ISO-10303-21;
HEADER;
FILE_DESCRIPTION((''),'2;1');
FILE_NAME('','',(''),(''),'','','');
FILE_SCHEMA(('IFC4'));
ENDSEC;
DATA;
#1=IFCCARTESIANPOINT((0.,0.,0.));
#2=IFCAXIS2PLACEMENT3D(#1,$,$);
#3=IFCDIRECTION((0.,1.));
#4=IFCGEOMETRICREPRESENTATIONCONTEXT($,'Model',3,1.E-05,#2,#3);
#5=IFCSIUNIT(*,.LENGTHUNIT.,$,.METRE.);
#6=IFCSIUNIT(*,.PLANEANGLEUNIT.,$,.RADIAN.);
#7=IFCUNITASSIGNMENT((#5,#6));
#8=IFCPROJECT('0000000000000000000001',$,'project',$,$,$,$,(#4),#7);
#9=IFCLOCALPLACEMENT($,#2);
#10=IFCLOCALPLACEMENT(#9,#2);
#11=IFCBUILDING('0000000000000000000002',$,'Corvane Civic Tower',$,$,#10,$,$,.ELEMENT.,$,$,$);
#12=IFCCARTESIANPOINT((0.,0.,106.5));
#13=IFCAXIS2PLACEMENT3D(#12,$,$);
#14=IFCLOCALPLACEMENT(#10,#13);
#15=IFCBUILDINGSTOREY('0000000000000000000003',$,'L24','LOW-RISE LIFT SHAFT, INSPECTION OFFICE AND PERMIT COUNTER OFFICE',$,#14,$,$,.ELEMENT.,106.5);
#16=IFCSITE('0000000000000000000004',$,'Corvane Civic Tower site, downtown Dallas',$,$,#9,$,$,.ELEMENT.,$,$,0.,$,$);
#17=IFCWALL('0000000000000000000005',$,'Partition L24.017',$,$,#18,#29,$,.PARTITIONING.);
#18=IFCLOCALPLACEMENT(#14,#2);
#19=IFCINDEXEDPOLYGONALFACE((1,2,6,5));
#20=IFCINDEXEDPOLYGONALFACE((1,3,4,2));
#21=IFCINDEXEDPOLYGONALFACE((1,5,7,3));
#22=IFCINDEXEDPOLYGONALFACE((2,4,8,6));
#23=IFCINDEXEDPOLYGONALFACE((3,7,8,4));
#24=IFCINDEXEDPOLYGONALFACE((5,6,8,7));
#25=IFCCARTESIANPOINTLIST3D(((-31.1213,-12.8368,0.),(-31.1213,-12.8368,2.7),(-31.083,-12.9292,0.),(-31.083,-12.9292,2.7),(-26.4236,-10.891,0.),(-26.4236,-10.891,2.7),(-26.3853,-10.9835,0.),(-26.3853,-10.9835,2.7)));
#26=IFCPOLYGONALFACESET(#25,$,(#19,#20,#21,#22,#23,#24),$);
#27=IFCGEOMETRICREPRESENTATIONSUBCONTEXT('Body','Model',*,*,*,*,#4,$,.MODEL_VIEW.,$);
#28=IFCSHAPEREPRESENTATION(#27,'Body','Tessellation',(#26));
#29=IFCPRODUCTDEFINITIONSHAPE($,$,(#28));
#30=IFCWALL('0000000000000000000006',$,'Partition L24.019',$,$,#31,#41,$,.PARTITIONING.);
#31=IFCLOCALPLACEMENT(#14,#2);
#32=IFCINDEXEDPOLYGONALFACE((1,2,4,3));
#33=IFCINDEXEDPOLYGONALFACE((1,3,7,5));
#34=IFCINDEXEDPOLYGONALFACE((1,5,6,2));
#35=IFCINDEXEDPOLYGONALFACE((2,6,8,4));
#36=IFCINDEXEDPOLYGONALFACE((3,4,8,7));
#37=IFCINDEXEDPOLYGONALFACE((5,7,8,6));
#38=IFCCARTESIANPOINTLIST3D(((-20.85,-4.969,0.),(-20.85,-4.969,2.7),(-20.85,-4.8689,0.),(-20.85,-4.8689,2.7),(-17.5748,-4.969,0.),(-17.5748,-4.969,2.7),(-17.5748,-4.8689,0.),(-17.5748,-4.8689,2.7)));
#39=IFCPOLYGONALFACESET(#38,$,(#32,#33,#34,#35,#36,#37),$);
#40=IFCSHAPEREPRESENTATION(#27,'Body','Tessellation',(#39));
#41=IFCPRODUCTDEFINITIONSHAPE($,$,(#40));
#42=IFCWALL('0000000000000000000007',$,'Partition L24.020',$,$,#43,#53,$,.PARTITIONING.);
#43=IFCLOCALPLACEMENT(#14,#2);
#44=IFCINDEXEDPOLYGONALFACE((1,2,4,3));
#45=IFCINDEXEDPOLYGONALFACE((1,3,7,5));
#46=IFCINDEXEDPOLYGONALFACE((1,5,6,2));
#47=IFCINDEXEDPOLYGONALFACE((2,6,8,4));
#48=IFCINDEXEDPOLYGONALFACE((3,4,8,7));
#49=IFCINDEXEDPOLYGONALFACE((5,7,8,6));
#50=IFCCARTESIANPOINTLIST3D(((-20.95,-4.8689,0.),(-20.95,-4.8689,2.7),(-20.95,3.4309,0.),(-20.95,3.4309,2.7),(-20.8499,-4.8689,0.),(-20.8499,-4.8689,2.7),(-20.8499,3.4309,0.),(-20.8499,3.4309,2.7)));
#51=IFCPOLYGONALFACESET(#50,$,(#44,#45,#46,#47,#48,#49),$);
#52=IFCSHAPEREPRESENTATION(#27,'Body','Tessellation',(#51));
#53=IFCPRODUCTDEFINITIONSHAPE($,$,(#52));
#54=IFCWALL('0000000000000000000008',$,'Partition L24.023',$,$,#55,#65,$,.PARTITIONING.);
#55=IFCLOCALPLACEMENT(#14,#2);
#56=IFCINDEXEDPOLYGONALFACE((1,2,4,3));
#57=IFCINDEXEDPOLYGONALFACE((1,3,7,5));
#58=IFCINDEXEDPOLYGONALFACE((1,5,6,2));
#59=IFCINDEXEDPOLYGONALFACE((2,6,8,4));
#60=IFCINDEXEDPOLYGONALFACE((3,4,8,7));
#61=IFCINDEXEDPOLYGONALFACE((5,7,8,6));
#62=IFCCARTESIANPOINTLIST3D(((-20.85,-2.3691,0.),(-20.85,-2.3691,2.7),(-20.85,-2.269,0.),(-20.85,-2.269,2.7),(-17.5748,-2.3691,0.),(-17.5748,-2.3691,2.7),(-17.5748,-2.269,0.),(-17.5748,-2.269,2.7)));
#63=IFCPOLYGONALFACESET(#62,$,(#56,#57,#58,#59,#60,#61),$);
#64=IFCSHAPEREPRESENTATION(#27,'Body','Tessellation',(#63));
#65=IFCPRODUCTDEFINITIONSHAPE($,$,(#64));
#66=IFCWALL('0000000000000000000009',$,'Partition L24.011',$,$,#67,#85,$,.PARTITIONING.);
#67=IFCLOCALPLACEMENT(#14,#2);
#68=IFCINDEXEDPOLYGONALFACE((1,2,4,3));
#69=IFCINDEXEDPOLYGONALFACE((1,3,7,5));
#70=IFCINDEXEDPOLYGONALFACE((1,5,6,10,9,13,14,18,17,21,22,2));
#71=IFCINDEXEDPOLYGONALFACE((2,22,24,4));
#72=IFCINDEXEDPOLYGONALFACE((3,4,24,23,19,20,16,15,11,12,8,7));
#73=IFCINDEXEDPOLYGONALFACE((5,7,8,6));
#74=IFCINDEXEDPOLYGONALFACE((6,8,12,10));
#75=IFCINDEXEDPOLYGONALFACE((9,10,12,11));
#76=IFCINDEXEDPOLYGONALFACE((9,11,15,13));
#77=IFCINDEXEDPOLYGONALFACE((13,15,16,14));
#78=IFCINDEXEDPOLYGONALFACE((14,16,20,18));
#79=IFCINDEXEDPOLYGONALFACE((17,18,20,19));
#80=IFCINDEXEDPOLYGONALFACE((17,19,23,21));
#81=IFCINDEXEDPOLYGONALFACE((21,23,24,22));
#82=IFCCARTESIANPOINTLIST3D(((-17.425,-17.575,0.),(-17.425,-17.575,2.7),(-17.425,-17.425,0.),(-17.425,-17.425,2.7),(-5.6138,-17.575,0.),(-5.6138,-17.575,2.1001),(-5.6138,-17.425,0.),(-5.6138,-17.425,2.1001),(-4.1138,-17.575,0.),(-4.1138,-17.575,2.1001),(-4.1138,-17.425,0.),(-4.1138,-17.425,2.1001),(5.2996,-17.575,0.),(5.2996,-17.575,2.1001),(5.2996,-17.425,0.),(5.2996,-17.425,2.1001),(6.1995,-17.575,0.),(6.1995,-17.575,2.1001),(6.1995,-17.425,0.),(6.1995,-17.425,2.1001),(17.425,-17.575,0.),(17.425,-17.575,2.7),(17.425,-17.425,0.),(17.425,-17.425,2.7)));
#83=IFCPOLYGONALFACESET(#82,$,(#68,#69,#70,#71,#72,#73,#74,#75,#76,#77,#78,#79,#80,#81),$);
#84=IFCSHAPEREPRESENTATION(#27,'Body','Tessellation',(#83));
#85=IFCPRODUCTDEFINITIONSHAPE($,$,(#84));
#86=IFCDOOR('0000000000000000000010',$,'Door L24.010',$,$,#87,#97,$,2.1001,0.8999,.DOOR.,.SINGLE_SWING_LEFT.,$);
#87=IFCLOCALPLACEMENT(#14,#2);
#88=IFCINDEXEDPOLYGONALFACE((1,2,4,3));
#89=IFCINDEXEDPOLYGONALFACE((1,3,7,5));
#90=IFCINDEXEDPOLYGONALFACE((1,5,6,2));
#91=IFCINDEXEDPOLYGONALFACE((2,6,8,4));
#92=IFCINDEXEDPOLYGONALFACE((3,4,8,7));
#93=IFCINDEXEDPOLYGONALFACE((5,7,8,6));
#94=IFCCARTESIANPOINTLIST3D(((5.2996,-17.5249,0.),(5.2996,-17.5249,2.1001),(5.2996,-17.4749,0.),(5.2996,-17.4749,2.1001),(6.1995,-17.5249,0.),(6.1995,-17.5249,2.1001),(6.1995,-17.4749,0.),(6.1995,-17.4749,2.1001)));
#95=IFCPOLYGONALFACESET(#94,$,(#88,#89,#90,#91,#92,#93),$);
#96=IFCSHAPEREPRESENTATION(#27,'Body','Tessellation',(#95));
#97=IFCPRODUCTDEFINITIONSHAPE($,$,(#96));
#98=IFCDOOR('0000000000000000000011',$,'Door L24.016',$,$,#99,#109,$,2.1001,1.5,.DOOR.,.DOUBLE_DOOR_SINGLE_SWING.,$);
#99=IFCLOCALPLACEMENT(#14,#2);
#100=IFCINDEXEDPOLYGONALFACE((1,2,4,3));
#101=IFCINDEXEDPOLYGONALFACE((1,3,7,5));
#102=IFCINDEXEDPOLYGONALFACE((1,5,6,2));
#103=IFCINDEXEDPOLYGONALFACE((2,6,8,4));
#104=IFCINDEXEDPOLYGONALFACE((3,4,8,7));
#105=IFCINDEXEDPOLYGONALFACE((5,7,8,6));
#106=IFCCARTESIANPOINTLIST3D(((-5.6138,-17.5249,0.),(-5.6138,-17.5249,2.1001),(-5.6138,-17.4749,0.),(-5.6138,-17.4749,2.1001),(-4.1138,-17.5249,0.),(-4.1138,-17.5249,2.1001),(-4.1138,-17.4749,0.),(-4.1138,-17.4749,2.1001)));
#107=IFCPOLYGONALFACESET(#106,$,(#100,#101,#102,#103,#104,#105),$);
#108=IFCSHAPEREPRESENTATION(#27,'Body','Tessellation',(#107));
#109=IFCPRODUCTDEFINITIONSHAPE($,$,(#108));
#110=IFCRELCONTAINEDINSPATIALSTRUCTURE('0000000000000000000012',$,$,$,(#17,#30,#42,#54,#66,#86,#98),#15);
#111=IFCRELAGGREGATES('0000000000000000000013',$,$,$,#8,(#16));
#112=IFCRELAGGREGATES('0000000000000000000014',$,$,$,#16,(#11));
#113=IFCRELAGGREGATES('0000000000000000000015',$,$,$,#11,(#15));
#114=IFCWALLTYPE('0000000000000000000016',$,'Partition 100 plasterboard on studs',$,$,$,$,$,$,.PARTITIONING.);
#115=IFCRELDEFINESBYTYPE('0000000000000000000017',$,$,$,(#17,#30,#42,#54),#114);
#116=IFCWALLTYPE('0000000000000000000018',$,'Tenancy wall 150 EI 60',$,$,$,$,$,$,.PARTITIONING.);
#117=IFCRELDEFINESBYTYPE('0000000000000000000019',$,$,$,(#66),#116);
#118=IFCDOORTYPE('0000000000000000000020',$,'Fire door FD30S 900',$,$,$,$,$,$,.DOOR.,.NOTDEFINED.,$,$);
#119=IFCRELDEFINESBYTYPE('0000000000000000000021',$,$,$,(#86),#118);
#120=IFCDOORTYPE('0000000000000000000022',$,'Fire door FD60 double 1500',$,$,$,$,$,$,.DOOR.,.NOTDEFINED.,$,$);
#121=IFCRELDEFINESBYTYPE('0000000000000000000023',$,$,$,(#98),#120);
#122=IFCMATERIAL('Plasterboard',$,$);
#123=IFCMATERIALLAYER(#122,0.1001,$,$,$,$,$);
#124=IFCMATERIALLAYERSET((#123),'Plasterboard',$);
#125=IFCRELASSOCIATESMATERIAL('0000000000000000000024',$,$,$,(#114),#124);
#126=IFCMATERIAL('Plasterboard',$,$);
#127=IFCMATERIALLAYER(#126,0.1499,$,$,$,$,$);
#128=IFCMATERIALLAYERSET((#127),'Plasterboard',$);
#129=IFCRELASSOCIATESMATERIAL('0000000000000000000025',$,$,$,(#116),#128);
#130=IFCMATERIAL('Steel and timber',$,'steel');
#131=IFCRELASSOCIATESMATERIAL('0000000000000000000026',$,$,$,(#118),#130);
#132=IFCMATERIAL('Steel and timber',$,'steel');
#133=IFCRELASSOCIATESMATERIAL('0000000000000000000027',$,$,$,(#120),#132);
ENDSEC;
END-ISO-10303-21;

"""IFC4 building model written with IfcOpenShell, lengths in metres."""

from ifc_helpers import new_model, si_unit, direction, frame, frame_2d, origin, place, context, subcontext, project, spatial, rectangle, extrude, material, layer, layer_set, type_object, element, fill, save


model = new_model("IFC4")

# Units and contexts
model_context = context("Model", 3, precision=1e-05, world=origin(), true_north=direction((0.0, 1.0)))
body_context = subcontext(model_context, "Body", "Model", "MODEL_VIEW")
ifc_project = project(units=[si_unit("LENGTHUNIT", "METRE"), si_unit("PLANEANGLEUNIT", "RADIAN")], contexts=[model_context])

# Site, building, storey
site_placement = place(None, origin())
site = spatial("IfcSite", under=ifc_project, at=site_placement, Name="Corvane Civic Tower site, downtown Dallas", CompositionType="ELEMENT", RefElevation=0.0)
building_placement = place(site_placement, origin())
building = spatial("IfcBuilding", under=site, at=building_placement, Name="Corvane Civic Tower", CompositionType="ELEMENT")
storey_placement = place(building_placement, frame((0.0, 0.0, 106.5)))
storey = spatial("IfcBuildingStorey", under=building, at=storey_placement, Name="L24", Description="LOW-RISE LIFT SHAFT, INSPECTION OFFICE AND PERMIT COUNTER OFFICE", CompositionType="ELEMENT", Elevation=106.5)

# Shared definitions
ifc_material_1 = material(Name="Plasterboard")
ifc_layer_1 = layer(ifc_material_1, 0.1001)
ifc_layer_set_1 = layer_set([ifc_layer_1], Name="Plasterboard")
wall_type_1 = type_object("IfcWallType", Name="Partition 100 plasterboard on studs", PredefinedType="PARTITIONING", material=ifc_layer_set_1)

# Walls
wall_1_placement = place(storey_placement, frame((-31.1023, -12.8831, 0.0), z_axis=(0.0, 0.0, 1.0), x_axis=(0.923885, 0.382671, 0.0)))
element("IfcWall", 1, at=wall_1_placement, inside=storey, type_object=wall_type_1, Name="Partition L24.017", PredefinedType="PARTITIONING", context=body_context, shape_type="SweptSolid", body=[
    extrude(rectangle(XDim=5.0847, YDim=0.1001, at=frame_2d((2.5425, 0.0))), origin(), (0.0, 0.0, 1.0), 2.7),
])
wall_2_placement = place(storey_placement, frame((-20.8501, -4.9189, 0.0), z_axis=(0.0, 0.0, 1.0), x_axis=(1.0, 0.0, 0.0)))
element("IfcWall", 2, at=wall_2_placement, inside=storey, type_object=wall_type_1, Name="Partition L24.019", PredefinedType="PARTITIONING", context=body_context, shape_type="SweptSolid", body=[
    extrude(rectangle(XDim=3.2751, YDim=0.1001, at=frame_2d((1.6377, 0.0))), origin(), (0.0, 0.0, 1.0), 2.7),
])
wall_3_placement = place(storey_placement, frame((-20.8999, -4.8689, 0.0), z_axis=(0.0, 0.0, 1.0), x_axis=(0.0, 1.0, 0.0)))
element("IfcWall", 3, at=wall_3_placement, inside=storey, type_object=wall_type_1, Name="Partition L24.020", PredefinedType="PARTITIONING", context=body_context, shape_type="SweptSolid", body=[
    extrude(rectangle(XDim=8.2998, YDim=0.1001, at=frame_2d((4.1499, 0.0))), origin(), (0.0, 0.0, 1.0), 2.7),
])
wall_4_placement = place(storey_placement, frame((-20.8501, -2.3191, 0.0), z_axis=(0.0, 0.0, 1.0), x_axis=(1.0, 0.0, 0.0)))
element("IfcWall", 4, at=wall_4_placement, inside=storey, type_object=wall_type_1, Name="Partition L24.023", PredefinedType="PARTITIONING", context=body_context, shape_type="SweptSolid", body=[
    extrude(rectangle(XDim=3.2751, YDim=0.1001, at=frame_2d((1.6377, 0.0))), origin(), (0.0, 0.0, 1.0), 2.7),
])

# Wall, openings, doors
ifc_material_2 = material(Name="Plasterboard")
ifc_layer_2 = layer(ifc_material_2, 0.1499)
ifc_layer_set_2 = layer_set([ifc_layer_2], Name="Plasterboard")
wall_type_2 = type_object("IfcWallType", Name="Tenancy wall 150 EI 60", PredefinedType="PARTITIONING", material=ifc_layer_set_2)
wall_5_placement = place(storey_placement, frame((-17.425, -17.5, 0.0), z_axis=(0.0, 0.0, 1.0), x_axis=(1.0, 0.0, 0.0)))
wall_5 = element("IfcWall", 5, at=wall_5_placement, inside=storey, type_object=wall_type_2, Name="Partition L24.011", PredefinedType="PARTITIONING", context=body_context, shape_type="SweptSolid", body=[
    extrude(rectangle(XDim=34.8501, YDim=0.1499, at=frame_2d((17.425, 0.0))), origin(), (0.0, 0.0, 1.0), 2.7),
])
opening_1_placement = place(wall_5_placement, frame((22.7246, 0.0, 0.0)))
opening_1 = element("IfcOpeningElement", 6, at=opening_1_placement, cuts=wall_5, PredefinedType="OPENING", context=body_context, shape_type="SweptSolid", body=[
    extrude(rectangle(XDim=0.8999, YDim=2.1001, at=frame_2d((0.45, 1.05))), frame((0.0, 0.085, 0.0), z_axis=(0.0, -1.0, 0.0), x_axis=(1.0, 0.0, 0.0)), (0.0, 0.0, 1.0), 0.1699),
])
opening_2_placement = place(wall_5_placement, frame((11.8113, 0.0, 0.0)))
opening_2 = element("IfcOpeningElement", 7, at=opening_2_placement, cuts=wall_5, PredefinedType="OPENING", context=body_context, shape_type="SweptSolid", body=[
    extrude(rectangle(XDim=1.5, YDim=2.1001, at=frame_2d((0.75, 1.05))), frame((0.0, 0.085, 0.0), z_axis=(0.0, -1.0, 0.0), x_axis=(1.0, 0.0, 0.0)), (0.0, 0.0, 1.0), 0.1699),
])
ifc_material_3 = material(Name="Steel and timber", Category="steel")
door_type_1 = type_object("IfcDoorType", Name="Fire door FD30S 900", OperationType="NOTDEFINED", PredefinedType="DOOR", material=ifc_material_3)
door_1_placement = place(opening_1_placement, frame((0.8999, 0.0, 0.0), z_axis=(0.0, 0.0, 1.0), x_axis=(-1.0, 0.0, 0.0)))
door_1 = element("IfcDoor", 8, at=door_1_placement, inside=storey, type_object=door_type_1, Name="Door L24.010", OperationType="SINGLE_SWING_LEFT", OverallHeight=2.1001, OverallWidth=0.8999, PredefinedType="DOOR", context=body_context, shape_type="SweptSolid", body=[
    extrude(rectangle(XDim=0.8999, YDim=2.1001, at=frame_2d((0.45, 1.05))), frame((0.0, 0.0249, 0.0), z_axis=(0.0, -1.0, 0.0), x_axis=(1.0, 0.0, 0.0)), (0.0, 0.0, 1.0), 0.05),
])
fill(opening_1, door_1)
ifc_material_4 = material(Name="Steel and timber", Category="steel")
door_type_2 = type_object("IfcDoorType", Name="Fire door FD60 double 1500", OperationType="NOTDEFINED", PredefinedType="DOOR", material=ifc_material_4)
door_2_placement = place(opening_2_placement, frame((1.5, 0.0, 0.0), z_axis=(0.0, 0.0, 1.0), x_axis=(-1.0, 0.0, 0.0)))
door_2 = element("IfcDoor", 9, at=door_2_placement, inside=storey, type_object=door_type_2, Name="Door L24.016", OperationType="DOUBLE_DOOR_SINGLE_SWING", OverallHeight=2.1001, OverallWidth=1.5, PredefinedType="DOOR", context=body_context, shape_type="SweptSolid", body=[
    extrude(rectangle(XDim=1.5, YDim=2.1001, at=frame_2d((0.75, 1.05))), frame((0.0, 0.0249, 0.0), z_axis=(0.0, -1.0, 0.0), x_axis=(1.0, 0.0, 0.0)), (0.0, 0.0, 1.0), 0.05),
])
fill(opening_2, door_2)

save(model, "model.ifc")
